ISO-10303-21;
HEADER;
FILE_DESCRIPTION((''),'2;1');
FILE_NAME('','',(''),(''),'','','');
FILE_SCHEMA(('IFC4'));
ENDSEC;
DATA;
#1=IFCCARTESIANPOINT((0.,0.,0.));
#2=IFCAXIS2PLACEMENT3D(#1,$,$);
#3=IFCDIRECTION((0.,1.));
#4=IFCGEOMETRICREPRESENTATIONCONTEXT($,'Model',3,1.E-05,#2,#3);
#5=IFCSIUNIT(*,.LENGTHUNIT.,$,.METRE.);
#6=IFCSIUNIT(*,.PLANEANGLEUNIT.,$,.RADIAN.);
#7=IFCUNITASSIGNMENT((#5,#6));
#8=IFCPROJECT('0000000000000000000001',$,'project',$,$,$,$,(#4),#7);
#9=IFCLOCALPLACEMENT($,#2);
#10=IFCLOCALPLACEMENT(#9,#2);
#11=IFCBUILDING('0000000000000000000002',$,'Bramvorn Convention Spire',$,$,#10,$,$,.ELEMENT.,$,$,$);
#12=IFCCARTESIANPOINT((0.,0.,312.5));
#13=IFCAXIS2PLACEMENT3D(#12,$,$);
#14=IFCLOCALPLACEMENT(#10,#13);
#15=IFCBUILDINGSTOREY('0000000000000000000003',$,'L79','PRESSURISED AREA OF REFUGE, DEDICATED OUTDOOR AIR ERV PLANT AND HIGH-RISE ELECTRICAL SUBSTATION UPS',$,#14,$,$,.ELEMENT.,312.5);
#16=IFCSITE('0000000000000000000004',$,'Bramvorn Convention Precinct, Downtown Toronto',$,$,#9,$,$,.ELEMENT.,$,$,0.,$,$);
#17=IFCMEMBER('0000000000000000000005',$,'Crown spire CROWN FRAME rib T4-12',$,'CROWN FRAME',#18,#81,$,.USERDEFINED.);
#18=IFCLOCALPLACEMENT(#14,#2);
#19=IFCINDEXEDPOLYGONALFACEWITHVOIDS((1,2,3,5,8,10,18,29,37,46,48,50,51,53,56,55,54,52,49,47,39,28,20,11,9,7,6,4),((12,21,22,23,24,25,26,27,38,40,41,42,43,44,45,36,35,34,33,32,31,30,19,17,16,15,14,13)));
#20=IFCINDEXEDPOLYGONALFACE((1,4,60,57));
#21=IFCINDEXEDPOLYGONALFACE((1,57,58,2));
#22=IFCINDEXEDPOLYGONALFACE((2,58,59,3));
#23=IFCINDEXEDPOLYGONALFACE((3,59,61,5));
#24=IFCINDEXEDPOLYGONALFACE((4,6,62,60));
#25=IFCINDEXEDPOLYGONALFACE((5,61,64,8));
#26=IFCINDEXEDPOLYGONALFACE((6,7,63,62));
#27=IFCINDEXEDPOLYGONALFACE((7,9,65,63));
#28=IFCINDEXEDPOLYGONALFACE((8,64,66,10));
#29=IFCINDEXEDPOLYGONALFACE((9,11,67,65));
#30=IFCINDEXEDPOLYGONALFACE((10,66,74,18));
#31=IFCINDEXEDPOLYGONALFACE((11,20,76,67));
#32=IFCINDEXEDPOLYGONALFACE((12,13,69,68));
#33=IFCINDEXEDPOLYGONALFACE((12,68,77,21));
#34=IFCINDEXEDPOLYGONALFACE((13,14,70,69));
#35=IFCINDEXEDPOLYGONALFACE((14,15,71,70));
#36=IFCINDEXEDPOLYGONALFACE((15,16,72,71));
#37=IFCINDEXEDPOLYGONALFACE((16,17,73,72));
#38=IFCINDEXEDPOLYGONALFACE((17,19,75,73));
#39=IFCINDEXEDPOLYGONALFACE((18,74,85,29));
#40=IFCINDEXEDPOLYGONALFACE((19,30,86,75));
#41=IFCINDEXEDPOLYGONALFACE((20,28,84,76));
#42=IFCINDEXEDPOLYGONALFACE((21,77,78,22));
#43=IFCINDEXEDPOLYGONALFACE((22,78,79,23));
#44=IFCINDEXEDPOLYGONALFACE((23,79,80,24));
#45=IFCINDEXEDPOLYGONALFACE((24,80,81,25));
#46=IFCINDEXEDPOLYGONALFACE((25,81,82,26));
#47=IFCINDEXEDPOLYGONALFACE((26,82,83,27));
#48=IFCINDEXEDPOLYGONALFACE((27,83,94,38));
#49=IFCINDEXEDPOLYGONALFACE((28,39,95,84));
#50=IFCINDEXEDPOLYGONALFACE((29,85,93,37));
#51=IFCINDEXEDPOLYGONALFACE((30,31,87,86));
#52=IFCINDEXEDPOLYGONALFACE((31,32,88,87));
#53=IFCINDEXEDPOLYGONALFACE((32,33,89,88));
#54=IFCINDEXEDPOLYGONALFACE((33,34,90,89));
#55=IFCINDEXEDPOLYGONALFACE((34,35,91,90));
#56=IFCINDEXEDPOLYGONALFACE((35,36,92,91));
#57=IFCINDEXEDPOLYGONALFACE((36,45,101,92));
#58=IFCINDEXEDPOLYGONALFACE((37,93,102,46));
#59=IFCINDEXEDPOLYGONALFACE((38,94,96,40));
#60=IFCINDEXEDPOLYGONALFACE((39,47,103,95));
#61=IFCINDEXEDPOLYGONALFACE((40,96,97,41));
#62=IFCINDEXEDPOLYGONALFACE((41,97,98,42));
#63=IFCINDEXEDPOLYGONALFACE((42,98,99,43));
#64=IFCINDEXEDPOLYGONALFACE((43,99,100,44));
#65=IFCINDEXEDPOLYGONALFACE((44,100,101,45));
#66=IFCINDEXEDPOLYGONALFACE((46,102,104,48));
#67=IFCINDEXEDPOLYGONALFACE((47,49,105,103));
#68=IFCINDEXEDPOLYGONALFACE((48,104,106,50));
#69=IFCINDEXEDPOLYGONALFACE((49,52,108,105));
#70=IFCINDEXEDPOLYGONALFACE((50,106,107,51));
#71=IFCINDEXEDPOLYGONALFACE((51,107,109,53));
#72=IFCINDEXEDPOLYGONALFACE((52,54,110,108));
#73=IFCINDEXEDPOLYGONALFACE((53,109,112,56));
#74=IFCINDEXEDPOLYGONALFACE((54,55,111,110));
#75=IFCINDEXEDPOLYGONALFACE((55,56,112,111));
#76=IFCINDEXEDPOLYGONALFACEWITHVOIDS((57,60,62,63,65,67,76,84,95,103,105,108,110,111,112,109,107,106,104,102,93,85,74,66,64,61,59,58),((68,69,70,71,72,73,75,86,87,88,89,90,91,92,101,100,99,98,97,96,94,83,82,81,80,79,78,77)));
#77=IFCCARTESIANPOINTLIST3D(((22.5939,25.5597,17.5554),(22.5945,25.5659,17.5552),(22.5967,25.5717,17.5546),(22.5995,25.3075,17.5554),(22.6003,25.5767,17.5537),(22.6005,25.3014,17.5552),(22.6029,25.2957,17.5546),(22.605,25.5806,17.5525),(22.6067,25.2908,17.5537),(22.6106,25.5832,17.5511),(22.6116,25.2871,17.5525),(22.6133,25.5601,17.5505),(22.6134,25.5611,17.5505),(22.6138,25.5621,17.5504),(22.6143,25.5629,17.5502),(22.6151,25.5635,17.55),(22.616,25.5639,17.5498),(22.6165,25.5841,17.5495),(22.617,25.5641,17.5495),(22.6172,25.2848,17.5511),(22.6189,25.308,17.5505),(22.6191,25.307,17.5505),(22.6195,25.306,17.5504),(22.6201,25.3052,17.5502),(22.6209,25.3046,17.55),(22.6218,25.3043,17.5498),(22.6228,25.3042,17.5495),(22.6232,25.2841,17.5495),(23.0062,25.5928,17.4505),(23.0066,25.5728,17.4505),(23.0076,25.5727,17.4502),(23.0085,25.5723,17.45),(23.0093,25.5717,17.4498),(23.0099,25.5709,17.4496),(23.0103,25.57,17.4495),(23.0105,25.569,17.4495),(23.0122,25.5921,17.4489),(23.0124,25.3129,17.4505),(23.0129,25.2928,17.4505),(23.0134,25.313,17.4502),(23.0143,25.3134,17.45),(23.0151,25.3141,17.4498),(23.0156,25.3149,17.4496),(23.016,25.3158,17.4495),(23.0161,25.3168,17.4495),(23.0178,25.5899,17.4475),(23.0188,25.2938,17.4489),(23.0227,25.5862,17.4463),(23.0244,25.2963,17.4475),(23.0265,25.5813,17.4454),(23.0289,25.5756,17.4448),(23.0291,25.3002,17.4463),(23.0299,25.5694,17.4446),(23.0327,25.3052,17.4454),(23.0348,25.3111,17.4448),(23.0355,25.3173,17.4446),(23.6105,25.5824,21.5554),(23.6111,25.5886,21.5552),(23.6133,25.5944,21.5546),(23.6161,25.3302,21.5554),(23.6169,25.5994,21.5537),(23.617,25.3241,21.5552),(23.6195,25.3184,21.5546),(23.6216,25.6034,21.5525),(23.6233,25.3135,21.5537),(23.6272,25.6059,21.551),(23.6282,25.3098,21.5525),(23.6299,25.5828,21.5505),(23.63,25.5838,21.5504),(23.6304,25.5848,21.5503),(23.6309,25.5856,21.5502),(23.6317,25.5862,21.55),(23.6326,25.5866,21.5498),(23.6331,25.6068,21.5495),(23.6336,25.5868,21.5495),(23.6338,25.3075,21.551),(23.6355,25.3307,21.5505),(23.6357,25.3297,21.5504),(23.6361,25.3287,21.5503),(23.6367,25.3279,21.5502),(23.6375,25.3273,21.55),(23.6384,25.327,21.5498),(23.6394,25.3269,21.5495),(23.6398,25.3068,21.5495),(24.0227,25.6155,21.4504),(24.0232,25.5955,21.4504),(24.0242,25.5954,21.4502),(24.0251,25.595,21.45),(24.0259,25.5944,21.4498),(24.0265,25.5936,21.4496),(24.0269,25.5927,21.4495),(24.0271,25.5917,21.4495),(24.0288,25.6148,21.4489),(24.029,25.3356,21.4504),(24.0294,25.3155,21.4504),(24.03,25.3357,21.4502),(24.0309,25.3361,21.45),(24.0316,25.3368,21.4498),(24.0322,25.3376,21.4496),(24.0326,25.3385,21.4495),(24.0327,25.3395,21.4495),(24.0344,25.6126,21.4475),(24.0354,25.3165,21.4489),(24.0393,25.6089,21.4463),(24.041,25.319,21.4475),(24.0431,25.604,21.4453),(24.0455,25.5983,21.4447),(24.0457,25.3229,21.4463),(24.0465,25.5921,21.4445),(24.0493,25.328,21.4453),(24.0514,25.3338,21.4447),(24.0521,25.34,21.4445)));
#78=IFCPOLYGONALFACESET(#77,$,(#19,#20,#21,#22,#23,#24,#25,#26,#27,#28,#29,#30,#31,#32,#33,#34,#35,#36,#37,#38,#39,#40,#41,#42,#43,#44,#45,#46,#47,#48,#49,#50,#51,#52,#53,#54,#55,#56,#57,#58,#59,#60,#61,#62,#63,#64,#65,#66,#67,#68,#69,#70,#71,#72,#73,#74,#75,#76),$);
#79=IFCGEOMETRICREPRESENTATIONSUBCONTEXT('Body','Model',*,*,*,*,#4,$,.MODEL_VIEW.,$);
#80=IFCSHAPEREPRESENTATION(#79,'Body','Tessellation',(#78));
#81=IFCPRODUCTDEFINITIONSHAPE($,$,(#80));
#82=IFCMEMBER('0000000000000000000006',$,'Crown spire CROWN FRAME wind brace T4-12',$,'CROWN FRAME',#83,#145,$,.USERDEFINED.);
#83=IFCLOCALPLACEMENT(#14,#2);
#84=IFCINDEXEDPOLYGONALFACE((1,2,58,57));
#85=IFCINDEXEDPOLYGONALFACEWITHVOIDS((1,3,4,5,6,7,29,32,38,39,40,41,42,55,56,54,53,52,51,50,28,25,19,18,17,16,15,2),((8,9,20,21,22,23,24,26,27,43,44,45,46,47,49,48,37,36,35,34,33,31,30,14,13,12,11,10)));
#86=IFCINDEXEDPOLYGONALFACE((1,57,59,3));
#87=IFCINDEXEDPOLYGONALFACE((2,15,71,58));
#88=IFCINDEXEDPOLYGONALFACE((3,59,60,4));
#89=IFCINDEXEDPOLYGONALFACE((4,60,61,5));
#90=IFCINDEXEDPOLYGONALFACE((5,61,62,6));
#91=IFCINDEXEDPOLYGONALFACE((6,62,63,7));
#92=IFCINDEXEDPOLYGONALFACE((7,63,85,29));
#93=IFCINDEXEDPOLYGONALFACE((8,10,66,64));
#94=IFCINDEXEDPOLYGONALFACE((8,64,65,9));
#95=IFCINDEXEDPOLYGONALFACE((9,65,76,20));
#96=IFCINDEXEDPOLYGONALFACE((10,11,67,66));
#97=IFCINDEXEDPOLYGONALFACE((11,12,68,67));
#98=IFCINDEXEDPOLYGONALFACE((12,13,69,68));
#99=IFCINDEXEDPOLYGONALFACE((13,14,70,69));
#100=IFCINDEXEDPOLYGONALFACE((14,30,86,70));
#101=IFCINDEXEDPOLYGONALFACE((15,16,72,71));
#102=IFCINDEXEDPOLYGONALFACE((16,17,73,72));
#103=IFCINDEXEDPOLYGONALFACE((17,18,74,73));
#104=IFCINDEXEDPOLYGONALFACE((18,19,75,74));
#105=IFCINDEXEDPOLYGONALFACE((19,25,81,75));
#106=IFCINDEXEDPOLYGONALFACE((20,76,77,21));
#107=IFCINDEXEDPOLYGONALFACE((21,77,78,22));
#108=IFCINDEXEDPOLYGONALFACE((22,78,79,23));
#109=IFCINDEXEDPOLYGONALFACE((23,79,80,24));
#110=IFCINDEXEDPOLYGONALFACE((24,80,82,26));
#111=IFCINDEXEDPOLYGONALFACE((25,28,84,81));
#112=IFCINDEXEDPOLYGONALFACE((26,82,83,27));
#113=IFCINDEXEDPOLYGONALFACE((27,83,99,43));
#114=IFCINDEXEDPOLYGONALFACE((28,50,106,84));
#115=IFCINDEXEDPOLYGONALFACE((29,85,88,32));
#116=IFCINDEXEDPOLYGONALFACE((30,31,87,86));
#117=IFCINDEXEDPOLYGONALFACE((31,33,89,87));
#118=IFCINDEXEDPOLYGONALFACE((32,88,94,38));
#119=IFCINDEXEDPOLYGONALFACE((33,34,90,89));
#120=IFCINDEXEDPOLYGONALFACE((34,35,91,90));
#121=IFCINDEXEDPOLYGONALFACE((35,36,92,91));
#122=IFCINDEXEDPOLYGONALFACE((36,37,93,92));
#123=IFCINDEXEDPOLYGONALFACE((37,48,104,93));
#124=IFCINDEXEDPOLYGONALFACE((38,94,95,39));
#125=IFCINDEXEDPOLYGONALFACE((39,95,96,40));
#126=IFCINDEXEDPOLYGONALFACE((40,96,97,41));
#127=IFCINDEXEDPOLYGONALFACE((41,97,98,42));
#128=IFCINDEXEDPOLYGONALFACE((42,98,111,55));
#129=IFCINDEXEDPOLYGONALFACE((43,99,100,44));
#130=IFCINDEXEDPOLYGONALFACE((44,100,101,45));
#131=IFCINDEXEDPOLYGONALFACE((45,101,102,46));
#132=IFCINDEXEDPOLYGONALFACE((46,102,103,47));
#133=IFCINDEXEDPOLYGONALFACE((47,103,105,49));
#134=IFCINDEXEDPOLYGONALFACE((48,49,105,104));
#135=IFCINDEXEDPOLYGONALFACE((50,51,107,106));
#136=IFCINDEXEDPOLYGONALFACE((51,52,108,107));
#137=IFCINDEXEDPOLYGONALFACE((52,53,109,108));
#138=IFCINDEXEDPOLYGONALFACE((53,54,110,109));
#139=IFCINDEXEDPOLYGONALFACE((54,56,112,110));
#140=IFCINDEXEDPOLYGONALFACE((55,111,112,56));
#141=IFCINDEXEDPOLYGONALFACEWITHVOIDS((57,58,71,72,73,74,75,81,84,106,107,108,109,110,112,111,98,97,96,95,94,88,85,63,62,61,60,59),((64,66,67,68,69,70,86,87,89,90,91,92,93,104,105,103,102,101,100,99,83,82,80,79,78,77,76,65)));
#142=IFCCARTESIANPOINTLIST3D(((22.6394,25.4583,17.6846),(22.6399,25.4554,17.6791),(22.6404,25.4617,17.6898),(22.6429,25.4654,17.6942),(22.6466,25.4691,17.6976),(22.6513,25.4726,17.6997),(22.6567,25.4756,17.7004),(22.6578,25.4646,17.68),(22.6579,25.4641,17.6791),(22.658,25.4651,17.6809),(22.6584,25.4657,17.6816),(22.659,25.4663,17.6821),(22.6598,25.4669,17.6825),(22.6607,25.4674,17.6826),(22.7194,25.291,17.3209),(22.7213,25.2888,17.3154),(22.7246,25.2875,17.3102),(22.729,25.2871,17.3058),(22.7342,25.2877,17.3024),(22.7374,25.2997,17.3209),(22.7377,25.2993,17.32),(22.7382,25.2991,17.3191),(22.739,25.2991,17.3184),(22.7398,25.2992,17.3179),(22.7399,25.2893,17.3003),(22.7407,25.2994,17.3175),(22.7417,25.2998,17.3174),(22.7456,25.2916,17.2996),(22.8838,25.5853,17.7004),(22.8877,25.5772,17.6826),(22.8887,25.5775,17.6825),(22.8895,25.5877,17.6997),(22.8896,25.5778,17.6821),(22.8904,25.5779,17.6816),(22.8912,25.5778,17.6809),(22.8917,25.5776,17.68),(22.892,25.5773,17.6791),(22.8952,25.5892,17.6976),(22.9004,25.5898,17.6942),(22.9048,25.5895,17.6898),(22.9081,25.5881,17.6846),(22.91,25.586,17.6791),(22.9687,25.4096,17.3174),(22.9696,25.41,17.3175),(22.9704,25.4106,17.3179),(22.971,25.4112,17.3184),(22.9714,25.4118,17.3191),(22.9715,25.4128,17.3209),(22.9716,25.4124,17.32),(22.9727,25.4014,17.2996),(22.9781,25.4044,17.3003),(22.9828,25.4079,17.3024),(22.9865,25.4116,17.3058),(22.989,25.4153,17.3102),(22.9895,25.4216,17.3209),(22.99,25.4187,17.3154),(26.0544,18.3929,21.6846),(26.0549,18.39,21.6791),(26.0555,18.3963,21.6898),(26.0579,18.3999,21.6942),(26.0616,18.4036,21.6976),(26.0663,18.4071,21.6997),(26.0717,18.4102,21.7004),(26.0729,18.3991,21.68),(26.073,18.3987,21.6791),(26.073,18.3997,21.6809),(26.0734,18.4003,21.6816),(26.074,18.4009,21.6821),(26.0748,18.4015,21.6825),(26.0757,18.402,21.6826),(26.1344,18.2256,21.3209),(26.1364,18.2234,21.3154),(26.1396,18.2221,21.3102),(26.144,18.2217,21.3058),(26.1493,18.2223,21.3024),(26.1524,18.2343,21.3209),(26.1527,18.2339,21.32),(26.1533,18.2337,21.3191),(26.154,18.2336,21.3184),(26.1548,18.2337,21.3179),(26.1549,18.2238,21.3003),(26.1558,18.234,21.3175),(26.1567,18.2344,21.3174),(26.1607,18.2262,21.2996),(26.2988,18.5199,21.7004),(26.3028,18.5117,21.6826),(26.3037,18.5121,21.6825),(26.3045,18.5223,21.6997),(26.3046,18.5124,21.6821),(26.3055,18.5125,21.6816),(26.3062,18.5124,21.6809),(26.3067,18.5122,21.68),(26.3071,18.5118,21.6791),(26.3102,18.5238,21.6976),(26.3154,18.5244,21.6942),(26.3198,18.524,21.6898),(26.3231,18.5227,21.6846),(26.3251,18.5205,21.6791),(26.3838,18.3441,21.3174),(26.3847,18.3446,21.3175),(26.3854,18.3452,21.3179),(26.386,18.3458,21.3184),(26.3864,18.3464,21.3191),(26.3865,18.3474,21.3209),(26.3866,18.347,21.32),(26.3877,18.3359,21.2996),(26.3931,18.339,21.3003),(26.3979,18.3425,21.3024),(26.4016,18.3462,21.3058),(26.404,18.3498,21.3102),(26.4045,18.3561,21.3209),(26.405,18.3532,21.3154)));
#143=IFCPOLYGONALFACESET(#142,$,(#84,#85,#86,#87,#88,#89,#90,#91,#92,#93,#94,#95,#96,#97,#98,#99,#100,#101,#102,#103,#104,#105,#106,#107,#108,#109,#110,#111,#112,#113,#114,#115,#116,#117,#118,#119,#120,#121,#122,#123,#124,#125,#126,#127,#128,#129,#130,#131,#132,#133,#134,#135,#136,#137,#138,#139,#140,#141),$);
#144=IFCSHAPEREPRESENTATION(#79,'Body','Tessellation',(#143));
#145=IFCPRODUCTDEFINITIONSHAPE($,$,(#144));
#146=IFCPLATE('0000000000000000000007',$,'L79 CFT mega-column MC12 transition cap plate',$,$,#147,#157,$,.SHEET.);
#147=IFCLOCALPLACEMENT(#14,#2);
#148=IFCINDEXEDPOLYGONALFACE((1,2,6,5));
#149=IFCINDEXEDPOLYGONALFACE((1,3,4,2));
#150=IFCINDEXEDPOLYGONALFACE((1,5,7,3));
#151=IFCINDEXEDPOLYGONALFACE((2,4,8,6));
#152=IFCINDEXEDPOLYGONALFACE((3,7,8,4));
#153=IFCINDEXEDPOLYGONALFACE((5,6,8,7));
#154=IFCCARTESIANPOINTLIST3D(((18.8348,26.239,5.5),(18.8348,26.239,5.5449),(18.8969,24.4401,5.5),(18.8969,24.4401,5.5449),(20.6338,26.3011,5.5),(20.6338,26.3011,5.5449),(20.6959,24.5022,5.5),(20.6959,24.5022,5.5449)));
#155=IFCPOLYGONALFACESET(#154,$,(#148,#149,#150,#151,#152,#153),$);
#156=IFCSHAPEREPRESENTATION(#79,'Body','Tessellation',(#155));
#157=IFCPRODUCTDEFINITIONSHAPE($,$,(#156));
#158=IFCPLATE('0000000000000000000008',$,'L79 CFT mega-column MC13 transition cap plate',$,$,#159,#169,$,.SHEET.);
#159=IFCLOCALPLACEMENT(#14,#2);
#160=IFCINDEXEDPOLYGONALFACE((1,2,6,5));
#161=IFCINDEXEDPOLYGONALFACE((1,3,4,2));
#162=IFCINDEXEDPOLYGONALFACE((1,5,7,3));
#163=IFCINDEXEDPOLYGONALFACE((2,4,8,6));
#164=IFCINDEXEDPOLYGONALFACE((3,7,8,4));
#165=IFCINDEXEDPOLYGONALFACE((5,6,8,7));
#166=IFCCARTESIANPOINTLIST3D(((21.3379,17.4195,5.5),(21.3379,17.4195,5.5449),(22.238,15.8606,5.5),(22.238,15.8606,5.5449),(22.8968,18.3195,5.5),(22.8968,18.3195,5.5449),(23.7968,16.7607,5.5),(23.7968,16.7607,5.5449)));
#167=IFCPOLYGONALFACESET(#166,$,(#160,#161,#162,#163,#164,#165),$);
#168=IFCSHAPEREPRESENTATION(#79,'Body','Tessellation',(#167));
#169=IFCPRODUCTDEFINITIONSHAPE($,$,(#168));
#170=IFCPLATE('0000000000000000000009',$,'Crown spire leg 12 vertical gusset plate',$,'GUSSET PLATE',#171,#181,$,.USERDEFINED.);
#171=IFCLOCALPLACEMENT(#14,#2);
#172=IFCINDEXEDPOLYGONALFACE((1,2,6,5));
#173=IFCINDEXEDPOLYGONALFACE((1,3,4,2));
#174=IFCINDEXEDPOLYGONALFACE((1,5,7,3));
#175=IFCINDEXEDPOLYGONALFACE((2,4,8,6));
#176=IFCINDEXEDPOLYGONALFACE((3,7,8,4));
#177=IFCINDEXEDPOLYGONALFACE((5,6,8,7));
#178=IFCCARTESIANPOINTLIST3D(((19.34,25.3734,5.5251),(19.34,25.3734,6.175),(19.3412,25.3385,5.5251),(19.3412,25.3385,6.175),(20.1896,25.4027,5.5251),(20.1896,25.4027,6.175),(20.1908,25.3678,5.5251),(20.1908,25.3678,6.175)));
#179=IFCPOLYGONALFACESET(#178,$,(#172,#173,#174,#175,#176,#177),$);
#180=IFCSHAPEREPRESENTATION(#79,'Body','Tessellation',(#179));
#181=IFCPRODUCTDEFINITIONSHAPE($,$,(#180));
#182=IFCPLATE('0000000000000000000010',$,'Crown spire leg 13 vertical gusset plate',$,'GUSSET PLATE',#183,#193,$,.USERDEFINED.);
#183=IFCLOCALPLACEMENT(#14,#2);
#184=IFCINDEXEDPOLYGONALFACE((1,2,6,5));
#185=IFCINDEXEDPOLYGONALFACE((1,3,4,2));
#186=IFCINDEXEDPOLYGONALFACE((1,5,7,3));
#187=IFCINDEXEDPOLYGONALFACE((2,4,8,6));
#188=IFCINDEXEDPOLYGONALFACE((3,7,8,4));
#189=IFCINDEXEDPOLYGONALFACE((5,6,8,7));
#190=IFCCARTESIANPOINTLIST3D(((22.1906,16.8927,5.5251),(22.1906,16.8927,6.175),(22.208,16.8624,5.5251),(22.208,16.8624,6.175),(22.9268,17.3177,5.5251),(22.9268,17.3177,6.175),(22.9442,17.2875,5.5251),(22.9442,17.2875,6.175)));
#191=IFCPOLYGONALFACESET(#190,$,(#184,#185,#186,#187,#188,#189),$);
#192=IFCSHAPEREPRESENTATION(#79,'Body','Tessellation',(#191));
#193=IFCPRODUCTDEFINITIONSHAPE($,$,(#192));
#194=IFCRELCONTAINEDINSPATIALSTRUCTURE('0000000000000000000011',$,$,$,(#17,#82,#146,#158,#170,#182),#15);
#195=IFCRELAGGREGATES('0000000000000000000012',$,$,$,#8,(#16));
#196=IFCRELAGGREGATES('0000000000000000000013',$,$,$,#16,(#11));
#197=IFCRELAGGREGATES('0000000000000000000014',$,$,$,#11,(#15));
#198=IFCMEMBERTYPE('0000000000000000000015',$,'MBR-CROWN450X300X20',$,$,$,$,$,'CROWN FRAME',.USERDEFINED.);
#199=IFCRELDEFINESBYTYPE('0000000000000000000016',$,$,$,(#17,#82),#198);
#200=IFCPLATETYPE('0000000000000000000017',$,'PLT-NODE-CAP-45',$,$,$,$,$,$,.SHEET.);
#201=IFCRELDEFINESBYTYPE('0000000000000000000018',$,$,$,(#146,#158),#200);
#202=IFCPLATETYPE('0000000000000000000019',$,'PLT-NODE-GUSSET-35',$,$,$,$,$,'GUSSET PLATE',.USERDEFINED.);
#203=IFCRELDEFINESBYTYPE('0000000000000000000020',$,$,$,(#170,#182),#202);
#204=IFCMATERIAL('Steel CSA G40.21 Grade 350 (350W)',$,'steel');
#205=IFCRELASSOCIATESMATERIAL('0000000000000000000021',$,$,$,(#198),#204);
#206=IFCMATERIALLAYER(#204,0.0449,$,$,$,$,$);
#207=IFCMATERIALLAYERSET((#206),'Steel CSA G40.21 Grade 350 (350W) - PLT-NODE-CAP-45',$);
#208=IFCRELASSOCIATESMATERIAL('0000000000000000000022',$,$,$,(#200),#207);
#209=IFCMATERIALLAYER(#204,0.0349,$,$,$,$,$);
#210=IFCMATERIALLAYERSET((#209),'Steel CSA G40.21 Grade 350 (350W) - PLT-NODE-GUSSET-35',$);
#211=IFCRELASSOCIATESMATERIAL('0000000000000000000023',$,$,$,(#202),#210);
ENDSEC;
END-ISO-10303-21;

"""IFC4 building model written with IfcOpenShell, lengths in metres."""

from ifc_helpers import new_model, si_unit, direction, frame, origin, origin_2d, place, context, subcontext, project, spatial, rectangle, hollow_rectangle, extrude, material, layer, layer_set, material_profile, profile_set, type_object, element, save


model = new_model("IFC4")

# Units and contexts
model_context = context("Model", 3, precision=1e-05, world=origin(), true_north=direction((0.0, 1.0)))
body_context = subcontext(model_context, "Body", "Model", "MODEL_VIEW")
ifc_project = project(units=[si_unit("LENGTHUNIT", "METRE"), si_unit("PLANEANGLEUNIT", "RADIAN")], contexts=[model_context])

# Site, building, storey
site_placement = place(None, origin())
site = spatial("IfcSite", under=ifc_project, at=site_placement, Name="Bramvorn Convention Precinct, Downtown Toronto", CompositionType="ELEMENT", RefElevation=0.0)
building_placement = place(site_placement, origin())
building = spatial("IfcBuilding", under=site, at=building_placement, Name="Bramvorn Convention Spire", CompositionType="ELEMENT")
storey_placement = place(building_placement, frame((0.0, 0.0, 312.5)))
storey = spatial("IfcBuildingStorey", under=building, at=storey_placement, Name="L79", Description="PRESSURISED AREA OF REFUGE, DEDICATED OUTDOOR AIR ERV PLANT AND HIGH-RISE ELECTRICAL SUBSTATION UPS", CompositionType="ELEMENT", Elevation=312.5)

# Shared definitions
ifc_material_1 = material(Name="Steel CSA G40.21 Grade 350 (350W)", Category="steel")

# Members
ifc_material_profile_1 = material_profile(ifc_material_1, hollow_rectangle(XDim=0.3, YDim=0.45, WallThickness=0.02, InnerFilletRadius=0.0039, OuterFilletRadius=0.0239, at=origin_2d()))
ifc_profile_set_1 = profile_set([ifc_material_profile_1], Name="Steel CSA G40.21 Grade 350 (350W) - CROWN450X300X20")
member_type_1 = type_object("IfcMemberType", Name="MBR-CROWN450X300X20", ElementType="CROWN FRAME", PredefinedType="USERDEFINED", material=ifc_profile_set_1)
member_1_placement = place(storey_placement, frame((22.8147, 25.4385, 17.5), z_axis=(0.246316, 0.005501, 0.969174), x_axis=(-0.022329, 0.999751, 0.0)))
element("IfcMember", 1, at=member_1_placement, inside=storey, type_object=member_type_1, Name="Crown spire CROWN FRAME rib T4-12", ObjectType="CROWN FRAME", PredefinedType="USERDEFINED", context=body_context, shape_type="SweptSolid", body=[
    extrude(hollow_rectangle(XDim=0.3, YDim=0.45, WallThickness=0.02, InnerFilletRadius=0.0039, OuterFilletRadius=0.0239, at=origin_2d()), origin(), (0.0, 0.0, 1.0), 4.1272),
])
member_2_placement = place(storey_placement, frame((22.8147, 25.4385, 17.5), z_axis=(0.387715, -0.802151, 0.454127), x_axis=(0.900345, 0.435177, 0.0)))
element("IfcMember", 2, at=member_2_placement, inside=storey, type_object=member_type_1, Name="Crown spire CROWN FRAME wind brace T4-12", ObjectType="CROWN FRAME", PredefinedType="USERDEFINED", context=body_context, shape_type="SweptSolid", body=[
    extrude(hollow_rectangle(XDim=0.3, YDim=0.45, WallThickness=0.02, InnerFilletRadius=0.0039, OuterFilletRadius=0.0239, at=origin_2d()), origin(), (0.0, 0.0, 1.0), 8.8081),
])

# Plates
ifc_layer_1 = layer(ifc_material_1, 0.0449)
ifc_layer_set_1 = layer_set([ifc_layer_1], Name="Steel CSA G40.21 Grade 350 (350W) - PLT-NODE-CAP-45")
plate_type_1 = type_object("IfcPlateType", Name="PLT-NODE-CAP-45", PredefinedType="SHEET", material=ifc_layer_set_1)
for number, where, z_axis, x_axis, name in (
    (3, (19.7654, 25.3706, 5.5), (0.0, 0.0, 1.0), (-0.999405, -0.034502, 0.0), "L79 CFT mega-column MC12 transition cap plate"),
    (4, (22.5674, 17.0901, 5.5), (0.0, 0.0, 1.0), (-0.866026, -0.499999, 0.0), "L79 CFT mega-column MC13 transition cap plate"),
):
    element("IfcPlate", number, at=place(storey_placement, frame(where, z_axis=z_axis, x_axis=x_axis)), inside=storey, type_object=plate_type_1, Name=name, PredefinedType="SHEET", context=body_context, shape_type="SweptSolid", body=[
        extrude(rectangle(XDim=1.8, YDim=1.8, at=origin_2d()), origin(), (0.0, 0.0, 1.0), 0.0449),
    ])
ifc_layer_2 = layer(ifc_material_1, 0.0349)
ifc_layer_set_2 = layer_set([ifc_layer_2], Name="Steel CSA G40.21 Grade 350 (350W) - PLT-NODE-GUSSET-35")
plate_type_2 = type_object("IfcPlateType", Name="PLT-NODE-GUSSET-35", ElementType="GUSSET PLATE", PredefinedType="USERDEFINED", material=ifc_layer_set_2)
for number, where, z_axis, x_axis, name in (
    (5, (19.7654, 25.3706, 5.5251), (0.0, 0.0, 1.0), (-0.999405, -0.034502, 0.0), "Crown spire leg 12 vertical gusset plate"),
    (6, (22.5674, 17.0901, 5.5251), (0.0, 0.0, 1.0), (-0.866026, -0.499999, 0.0), "Crown spire leg 13 vertical gusset plate"),
):
    element("IfcPlate", number, at=place(storey_placement, frame(where, z_axis=z_axis, x_axis=x_axis)), inside=storey, type_object=plate_type_2, Name=name, ObjectType="GUSSET PLATE", PredefinedType="USERDEFINED", context=body_context, shape_type="SweptSolid", body=[
        extrude(rectangle(XDim=0.8501, YDim=0.0349, at=origin_2d()), origin(), (0.0, 0.0, 1.0), 0.6499),
    ])

save(model, "model.ifc")
